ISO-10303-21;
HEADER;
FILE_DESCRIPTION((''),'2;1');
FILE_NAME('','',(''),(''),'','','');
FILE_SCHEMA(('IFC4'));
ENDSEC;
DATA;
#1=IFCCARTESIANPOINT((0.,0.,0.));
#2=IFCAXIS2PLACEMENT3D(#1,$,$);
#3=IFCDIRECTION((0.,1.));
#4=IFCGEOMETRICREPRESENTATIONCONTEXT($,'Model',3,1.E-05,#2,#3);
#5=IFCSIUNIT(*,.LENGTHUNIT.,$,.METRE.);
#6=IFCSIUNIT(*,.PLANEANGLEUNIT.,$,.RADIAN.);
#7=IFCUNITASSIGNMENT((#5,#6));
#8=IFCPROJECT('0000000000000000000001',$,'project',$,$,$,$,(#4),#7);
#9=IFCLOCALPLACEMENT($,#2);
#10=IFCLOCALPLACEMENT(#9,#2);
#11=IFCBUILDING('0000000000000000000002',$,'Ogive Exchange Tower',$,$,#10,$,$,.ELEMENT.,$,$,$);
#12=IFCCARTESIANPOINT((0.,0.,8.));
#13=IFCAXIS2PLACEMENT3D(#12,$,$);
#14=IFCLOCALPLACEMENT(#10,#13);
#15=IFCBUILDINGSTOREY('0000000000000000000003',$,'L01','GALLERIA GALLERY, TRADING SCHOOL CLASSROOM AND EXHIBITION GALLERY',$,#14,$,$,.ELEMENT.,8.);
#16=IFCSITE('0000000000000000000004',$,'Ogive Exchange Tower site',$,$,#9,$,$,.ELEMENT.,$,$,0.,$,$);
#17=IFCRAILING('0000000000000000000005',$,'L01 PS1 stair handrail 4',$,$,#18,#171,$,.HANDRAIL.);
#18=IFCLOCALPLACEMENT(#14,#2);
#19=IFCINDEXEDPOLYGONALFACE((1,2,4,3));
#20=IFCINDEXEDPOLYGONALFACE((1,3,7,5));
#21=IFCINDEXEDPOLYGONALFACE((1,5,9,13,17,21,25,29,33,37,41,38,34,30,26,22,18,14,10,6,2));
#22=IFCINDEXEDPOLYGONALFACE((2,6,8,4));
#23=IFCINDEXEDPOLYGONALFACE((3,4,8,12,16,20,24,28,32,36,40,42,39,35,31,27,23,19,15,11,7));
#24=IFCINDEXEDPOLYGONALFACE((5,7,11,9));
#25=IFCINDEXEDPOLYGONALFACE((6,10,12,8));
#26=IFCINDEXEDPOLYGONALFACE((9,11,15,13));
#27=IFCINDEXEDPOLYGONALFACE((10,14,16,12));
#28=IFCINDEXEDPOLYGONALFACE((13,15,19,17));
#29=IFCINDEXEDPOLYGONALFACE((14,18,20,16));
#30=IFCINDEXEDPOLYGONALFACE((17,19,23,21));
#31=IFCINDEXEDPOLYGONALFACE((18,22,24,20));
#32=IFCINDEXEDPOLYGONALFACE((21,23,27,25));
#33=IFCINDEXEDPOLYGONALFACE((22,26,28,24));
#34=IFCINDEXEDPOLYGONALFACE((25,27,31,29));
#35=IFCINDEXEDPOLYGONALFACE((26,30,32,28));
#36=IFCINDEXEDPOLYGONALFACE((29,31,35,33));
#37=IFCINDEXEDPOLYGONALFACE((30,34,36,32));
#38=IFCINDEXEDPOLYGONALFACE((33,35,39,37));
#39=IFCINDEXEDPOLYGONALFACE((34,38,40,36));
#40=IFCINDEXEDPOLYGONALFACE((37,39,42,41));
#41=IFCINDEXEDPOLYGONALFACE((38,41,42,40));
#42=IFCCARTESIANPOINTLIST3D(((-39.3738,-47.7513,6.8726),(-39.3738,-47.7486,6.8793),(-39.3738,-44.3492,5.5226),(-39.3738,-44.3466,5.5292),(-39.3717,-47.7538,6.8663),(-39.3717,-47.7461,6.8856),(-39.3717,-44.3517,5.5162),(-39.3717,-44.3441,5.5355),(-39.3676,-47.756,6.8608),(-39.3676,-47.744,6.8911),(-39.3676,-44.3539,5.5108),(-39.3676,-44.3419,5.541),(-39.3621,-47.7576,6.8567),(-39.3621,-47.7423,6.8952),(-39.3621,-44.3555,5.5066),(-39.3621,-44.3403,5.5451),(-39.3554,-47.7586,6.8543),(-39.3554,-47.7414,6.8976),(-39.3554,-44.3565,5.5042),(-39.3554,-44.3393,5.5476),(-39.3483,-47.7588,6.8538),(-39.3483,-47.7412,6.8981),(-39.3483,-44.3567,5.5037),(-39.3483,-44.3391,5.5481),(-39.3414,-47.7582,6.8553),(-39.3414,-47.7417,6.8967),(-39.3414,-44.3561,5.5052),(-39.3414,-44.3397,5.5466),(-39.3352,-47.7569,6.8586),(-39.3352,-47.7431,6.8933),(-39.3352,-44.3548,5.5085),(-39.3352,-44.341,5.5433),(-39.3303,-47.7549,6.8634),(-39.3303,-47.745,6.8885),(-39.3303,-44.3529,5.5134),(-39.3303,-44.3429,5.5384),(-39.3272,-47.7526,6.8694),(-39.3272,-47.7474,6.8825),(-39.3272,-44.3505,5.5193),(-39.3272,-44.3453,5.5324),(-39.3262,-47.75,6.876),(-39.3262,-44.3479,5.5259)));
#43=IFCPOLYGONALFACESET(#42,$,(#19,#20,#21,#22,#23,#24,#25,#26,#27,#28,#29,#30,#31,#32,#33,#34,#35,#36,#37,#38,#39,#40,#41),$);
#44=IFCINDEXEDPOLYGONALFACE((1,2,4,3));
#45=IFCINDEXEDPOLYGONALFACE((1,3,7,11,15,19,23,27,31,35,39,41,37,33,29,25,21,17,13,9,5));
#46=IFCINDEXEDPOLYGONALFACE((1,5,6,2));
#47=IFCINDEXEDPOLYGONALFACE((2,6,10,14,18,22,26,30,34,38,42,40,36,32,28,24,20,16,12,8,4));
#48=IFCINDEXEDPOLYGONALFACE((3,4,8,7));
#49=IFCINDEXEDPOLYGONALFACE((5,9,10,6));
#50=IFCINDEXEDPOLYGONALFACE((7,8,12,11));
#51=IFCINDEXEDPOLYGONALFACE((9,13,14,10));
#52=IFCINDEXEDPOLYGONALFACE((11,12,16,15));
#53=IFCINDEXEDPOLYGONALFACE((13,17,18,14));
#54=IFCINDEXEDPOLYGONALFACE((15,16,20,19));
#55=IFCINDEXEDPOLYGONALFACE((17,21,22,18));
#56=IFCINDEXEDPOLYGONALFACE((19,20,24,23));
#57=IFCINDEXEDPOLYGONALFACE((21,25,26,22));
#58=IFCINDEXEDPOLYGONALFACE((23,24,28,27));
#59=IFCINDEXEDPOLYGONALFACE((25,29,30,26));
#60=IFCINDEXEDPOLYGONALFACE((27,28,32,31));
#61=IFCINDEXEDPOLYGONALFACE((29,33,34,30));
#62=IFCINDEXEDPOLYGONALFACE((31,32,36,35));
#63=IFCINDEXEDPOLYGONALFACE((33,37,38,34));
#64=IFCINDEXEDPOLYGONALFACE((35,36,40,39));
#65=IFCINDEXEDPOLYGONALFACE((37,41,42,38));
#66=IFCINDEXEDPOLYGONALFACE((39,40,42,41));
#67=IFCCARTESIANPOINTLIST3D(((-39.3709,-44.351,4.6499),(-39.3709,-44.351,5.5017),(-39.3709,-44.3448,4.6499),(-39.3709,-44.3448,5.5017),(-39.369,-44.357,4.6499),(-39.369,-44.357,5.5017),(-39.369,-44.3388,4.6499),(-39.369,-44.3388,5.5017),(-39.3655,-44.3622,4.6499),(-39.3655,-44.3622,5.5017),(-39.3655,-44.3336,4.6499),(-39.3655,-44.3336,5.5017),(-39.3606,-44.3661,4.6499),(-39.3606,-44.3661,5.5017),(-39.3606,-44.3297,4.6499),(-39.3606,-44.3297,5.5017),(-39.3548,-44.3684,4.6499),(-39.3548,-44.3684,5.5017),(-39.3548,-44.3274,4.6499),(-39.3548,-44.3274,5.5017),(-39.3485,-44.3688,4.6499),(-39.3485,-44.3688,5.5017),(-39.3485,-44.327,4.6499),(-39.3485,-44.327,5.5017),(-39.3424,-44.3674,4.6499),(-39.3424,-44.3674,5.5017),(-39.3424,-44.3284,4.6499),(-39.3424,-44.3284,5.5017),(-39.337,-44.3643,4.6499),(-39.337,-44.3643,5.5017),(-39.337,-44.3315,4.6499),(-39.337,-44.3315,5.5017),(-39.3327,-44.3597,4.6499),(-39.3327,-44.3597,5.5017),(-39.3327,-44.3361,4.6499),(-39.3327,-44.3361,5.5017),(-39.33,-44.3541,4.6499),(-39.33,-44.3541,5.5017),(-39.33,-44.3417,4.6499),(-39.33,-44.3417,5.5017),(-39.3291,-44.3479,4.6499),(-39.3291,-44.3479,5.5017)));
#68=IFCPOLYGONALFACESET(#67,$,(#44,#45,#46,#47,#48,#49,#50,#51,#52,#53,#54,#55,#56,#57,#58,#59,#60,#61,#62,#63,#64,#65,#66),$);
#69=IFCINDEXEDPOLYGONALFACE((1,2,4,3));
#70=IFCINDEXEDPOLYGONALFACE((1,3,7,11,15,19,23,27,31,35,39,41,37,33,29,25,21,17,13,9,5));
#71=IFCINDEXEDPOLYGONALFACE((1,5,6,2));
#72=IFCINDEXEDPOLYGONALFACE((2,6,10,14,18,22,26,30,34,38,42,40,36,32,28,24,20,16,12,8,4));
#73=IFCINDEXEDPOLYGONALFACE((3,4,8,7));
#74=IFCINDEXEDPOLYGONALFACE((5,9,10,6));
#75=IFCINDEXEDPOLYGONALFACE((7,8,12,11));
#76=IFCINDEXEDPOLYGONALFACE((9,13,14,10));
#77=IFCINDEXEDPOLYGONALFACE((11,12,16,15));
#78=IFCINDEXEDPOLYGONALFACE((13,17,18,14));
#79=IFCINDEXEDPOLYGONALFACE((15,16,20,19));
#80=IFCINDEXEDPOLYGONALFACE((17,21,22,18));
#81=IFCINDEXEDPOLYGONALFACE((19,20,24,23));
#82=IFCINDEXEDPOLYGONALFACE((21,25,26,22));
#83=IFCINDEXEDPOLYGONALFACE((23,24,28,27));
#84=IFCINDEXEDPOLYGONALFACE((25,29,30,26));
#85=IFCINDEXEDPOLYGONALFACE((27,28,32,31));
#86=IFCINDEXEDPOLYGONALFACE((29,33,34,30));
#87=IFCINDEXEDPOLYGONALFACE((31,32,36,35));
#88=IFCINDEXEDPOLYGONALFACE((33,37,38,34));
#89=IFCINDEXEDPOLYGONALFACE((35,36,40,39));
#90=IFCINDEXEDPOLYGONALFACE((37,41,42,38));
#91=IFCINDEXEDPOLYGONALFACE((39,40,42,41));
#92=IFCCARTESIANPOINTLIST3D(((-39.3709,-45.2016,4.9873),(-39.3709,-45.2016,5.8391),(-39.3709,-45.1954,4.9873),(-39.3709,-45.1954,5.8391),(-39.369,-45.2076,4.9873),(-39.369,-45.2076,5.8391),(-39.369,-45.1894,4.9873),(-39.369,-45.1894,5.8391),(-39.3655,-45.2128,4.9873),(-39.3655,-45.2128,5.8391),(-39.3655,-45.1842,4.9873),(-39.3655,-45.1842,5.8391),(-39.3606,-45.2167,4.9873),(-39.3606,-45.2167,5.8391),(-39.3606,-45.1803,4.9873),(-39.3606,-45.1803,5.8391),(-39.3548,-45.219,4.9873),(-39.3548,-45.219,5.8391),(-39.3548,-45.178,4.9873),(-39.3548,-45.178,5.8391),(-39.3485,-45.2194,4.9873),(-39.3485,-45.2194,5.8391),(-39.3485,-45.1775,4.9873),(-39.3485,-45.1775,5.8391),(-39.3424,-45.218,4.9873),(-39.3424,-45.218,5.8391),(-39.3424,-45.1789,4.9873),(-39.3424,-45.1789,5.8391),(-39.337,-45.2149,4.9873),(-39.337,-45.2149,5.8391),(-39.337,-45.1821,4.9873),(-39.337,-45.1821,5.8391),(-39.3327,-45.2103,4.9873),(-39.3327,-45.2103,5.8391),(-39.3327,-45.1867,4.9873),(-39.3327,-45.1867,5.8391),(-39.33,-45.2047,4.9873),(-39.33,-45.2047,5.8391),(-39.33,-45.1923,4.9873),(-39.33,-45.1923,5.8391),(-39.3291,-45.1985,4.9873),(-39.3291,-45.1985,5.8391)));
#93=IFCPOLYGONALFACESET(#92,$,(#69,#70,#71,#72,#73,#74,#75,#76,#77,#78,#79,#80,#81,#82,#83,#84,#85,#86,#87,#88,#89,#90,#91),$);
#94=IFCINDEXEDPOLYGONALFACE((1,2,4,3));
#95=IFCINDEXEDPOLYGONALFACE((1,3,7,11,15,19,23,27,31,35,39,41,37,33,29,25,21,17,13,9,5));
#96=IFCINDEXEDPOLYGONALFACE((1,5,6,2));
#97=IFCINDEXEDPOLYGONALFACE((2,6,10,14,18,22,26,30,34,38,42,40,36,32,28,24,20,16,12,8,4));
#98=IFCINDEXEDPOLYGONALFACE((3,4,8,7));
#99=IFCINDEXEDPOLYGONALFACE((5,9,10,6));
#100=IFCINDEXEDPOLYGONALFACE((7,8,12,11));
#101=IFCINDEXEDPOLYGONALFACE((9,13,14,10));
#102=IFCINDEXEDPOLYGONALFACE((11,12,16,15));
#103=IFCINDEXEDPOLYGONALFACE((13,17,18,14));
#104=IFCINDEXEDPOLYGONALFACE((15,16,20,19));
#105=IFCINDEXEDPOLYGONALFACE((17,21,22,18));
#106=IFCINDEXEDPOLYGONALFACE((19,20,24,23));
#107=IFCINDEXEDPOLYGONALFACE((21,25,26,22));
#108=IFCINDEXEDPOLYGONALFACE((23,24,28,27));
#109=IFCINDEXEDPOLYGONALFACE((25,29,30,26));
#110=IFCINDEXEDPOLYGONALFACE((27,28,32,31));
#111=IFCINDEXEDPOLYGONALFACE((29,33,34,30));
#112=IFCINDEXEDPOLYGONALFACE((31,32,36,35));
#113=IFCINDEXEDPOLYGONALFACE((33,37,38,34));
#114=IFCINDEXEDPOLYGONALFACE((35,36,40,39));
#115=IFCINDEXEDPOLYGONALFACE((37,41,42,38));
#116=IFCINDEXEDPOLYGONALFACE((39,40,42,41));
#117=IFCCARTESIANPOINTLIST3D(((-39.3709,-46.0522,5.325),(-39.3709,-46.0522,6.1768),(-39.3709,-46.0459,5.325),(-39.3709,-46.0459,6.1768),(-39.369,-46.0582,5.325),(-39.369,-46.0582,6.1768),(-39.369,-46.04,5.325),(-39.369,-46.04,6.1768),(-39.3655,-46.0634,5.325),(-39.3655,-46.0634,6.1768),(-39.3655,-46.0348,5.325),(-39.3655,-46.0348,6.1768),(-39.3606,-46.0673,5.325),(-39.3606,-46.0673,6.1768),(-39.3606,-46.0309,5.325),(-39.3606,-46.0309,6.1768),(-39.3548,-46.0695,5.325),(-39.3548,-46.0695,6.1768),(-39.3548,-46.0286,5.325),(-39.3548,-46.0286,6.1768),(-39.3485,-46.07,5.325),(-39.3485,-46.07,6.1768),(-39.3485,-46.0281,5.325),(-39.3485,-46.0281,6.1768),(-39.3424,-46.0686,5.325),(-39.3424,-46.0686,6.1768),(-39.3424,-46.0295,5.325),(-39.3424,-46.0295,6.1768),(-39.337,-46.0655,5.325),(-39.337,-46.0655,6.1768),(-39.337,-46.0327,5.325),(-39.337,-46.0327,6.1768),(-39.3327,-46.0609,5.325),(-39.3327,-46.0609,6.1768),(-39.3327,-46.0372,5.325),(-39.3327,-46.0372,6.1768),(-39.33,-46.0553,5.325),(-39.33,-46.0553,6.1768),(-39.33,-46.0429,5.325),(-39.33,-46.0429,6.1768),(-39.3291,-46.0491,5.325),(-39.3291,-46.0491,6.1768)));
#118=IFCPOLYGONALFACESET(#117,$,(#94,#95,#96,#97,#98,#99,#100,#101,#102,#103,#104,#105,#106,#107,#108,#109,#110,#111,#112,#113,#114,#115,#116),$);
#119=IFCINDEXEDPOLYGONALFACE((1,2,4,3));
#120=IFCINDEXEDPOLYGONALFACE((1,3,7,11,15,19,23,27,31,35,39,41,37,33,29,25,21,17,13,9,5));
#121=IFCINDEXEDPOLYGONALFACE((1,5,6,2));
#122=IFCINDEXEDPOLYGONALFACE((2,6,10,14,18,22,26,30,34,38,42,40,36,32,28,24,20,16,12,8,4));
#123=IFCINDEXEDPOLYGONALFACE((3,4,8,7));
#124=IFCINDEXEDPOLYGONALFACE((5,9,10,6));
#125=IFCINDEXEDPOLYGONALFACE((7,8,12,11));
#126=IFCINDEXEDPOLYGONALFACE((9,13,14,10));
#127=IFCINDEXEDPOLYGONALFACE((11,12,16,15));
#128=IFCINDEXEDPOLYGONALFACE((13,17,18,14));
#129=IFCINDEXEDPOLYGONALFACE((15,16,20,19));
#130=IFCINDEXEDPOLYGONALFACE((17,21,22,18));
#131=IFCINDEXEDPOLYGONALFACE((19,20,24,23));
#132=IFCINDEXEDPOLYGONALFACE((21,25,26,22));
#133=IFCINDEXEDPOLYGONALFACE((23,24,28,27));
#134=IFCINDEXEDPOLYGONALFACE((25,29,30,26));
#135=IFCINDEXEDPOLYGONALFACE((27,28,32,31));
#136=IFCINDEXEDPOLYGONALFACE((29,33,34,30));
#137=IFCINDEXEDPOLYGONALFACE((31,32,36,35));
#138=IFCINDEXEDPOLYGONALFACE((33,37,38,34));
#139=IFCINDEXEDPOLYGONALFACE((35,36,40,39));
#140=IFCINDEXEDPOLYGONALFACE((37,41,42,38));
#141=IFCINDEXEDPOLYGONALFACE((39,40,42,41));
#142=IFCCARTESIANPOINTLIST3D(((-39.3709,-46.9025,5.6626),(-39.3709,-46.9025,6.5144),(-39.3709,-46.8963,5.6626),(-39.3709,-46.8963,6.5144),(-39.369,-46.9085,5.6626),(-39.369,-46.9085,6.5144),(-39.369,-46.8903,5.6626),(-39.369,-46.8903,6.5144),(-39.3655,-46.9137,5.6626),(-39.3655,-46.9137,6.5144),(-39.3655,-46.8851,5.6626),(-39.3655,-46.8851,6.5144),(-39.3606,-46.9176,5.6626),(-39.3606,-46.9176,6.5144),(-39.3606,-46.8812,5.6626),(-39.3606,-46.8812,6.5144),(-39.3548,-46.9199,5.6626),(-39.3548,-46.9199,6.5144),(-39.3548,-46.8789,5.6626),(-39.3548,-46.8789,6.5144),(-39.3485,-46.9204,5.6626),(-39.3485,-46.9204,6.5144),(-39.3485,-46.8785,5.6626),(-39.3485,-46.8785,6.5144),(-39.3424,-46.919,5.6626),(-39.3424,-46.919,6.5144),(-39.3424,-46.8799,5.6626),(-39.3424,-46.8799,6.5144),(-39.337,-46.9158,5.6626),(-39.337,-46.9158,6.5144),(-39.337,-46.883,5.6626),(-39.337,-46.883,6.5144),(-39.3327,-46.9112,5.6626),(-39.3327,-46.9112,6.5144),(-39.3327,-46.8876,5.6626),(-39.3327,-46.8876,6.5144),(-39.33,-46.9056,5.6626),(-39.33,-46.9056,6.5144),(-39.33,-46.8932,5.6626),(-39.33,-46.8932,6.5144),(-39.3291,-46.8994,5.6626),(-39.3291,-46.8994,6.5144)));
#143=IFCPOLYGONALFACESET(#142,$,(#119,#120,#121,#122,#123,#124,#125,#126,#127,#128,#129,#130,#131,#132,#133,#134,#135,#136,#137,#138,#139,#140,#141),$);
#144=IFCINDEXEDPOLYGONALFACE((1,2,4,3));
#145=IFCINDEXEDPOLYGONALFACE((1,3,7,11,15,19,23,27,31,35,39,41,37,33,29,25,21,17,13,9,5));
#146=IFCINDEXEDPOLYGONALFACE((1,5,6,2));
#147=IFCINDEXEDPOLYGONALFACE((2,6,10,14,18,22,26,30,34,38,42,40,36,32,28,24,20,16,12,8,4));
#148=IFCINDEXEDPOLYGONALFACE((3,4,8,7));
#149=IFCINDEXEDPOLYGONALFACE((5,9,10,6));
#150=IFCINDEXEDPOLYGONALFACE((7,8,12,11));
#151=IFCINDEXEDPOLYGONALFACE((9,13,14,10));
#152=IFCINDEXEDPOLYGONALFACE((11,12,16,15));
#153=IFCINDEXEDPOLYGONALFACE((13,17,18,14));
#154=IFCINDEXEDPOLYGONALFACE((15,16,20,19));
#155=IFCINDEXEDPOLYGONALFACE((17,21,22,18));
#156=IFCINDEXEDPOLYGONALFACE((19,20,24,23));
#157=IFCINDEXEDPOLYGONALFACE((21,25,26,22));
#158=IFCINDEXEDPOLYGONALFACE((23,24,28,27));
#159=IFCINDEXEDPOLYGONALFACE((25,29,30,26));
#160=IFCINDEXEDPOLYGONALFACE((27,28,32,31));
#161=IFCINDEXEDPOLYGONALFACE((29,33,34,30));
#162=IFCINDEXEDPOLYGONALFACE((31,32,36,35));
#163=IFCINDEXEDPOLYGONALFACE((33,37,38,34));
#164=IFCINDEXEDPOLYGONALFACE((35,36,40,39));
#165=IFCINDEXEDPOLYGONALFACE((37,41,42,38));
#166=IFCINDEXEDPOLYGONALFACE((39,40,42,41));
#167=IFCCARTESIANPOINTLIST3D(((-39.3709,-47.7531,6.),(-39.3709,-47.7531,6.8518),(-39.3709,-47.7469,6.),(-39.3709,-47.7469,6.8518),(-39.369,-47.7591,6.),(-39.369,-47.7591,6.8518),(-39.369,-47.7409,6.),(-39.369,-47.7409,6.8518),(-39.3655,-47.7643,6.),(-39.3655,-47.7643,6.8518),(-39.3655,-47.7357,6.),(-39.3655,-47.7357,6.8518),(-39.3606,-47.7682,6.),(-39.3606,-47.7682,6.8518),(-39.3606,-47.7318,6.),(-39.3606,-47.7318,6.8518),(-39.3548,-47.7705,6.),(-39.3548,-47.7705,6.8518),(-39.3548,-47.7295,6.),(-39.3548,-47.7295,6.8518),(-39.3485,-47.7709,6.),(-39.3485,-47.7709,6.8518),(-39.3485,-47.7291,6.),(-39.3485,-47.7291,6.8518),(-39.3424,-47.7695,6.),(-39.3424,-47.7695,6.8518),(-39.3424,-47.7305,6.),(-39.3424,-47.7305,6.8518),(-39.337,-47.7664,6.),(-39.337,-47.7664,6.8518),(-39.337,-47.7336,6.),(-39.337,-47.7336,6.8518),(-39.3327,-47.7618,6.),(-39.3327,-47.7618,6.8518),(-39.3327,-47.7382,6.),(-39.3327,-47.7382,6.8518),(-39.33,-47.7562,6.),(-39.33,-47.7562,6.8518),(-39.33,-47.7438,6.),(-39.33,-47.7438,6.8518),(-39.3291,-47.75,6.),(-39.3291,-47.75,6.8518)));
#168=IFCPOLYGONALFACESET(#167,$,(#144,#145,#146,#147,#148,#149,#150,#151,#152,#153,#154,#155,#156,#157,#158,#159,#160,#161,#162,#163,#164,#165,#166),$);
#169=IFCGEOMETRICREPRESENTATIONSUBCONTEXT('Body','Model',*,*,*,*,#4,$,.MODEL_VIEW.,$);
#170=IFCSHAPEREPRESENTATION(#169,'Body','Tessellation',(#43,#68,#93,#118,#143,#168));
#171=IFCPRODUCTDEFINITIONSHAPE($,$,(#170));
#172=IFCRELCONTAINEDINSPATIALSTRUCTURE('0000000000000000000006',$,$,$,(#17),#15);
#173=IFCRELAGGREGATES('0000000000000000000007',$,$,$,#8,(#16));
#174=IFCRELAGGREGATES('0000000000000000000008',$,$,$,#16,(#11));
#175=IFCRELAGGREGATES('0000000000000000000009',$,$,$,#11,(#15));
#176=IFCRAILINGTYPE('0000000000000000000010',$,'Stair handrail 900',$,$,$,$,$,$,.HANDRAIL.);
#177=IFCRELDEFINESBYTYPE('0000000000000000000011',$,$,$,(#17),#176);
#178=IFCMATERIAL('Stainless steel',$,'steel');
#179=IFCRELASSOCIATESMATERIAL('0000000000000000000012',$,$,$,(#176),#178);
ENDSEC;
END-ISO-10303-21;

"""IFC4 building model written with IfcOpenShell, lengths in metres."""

from ifc_helpers import new_model, si_unit, direction, frame, origin, origin_2d, place, context, subcontext, project, spatial, circle, extrude, material, type_object, element, save


model = new_model("IFC4")

# Units and contexts
model_context = context("Model", 3, precision=1e-05, world=origin(), true_north=direction((0.0, 1.0)))
body_context = subcontext(model_context, "Body", "Model", "MODEL_VIEW")
ifc_project = project(units=[si_unit("LENGTHUNIT", "METRE"), si_unit("PLANEANGLEUNIT", "RADIAN")], contexts=[model_context])

# Site, building, storey
site_placement = place(None, origin())
site = spatial("IfcSite", under=ifc_project, at=site_placement, Name="Ogive Exchange Tower site", CompositionType="ELEMENT", RefElevation=0.0)
building_placement = place(site_placement, origin())
building = spatial("IfcBuilding", under=site, at=building_placement, Name="Ogive Exchange Tower", CompositionType="ELEMENT")
storey_placement = place(building_placement, frame((0.0, 0.0, 8.0)))
storey = spatial("IfcBuildingStorey", under=building, at=storey_placement, Name="L01", Description="GALLERIA GALLERY, TRADING SCHOOL CLASSROOM AND EXHIBITION GALLERY", CompositionType="ELEMENT", Elevation=8.0)

# Railing
ifc_material_1 = material(Name="Stainless steel", Category="steel")
railing_type = type_object("IfcRailingType", Name="Stair handrail 900", PredefinedType="HANDRAIL", material=ifc_material_1)
for number, where, name in (
    (1, (-39.3501, -44.3479, 4.6499), "L01 PS1 stair handrail 4"),
):
    element("IfcRailing", number, at=place(storey_placement, frame(where)), inside=storey, type_object=railing_type, Name=name, PredefinedType="HANDRAIL", context=body_context, shape_type="SweptSolid", body=[
        extrude(circle(Radius=0.0239, at=origin_2d()), frame((0.0, 0.0, 0.876), z_axis=(0.0, -0.929485, 0.368859), x_axis=(1.0, 0.0, 0.0)), (0.0, 0.0, 1.0), 3.6602),
        extrude(circle(Radius=0.021, at=origin_2d()), origin(), (0.0, 0.0, 1.0), 0.8518),
        extrude(circle(Radius=0.021, at=origin_2d()), frame((0.0, -0.8506, 0.3374)), (0.0, 0.0, 1.0), 0.8518),
        extrude(circle(Radius=0.021, at=origin_2d()), frame((0.0, -1.7012, 0.675)), (0.0, 0.0, 1.0), 0.8518),
        extrude(circle(Radius=0.021, at=origin_2d()), frame((0.0, -2.5515, 1.0127)), (0.0, 0.0, 1.0), 0.8518),
        extrude(circle(Radius=0.021, at=origin_2d()), frame((0.0, -3.4021, 1.3501)), (0.0, 0.0, 1.0), 0.8518),
    ])

save(model, "model.ifc")
